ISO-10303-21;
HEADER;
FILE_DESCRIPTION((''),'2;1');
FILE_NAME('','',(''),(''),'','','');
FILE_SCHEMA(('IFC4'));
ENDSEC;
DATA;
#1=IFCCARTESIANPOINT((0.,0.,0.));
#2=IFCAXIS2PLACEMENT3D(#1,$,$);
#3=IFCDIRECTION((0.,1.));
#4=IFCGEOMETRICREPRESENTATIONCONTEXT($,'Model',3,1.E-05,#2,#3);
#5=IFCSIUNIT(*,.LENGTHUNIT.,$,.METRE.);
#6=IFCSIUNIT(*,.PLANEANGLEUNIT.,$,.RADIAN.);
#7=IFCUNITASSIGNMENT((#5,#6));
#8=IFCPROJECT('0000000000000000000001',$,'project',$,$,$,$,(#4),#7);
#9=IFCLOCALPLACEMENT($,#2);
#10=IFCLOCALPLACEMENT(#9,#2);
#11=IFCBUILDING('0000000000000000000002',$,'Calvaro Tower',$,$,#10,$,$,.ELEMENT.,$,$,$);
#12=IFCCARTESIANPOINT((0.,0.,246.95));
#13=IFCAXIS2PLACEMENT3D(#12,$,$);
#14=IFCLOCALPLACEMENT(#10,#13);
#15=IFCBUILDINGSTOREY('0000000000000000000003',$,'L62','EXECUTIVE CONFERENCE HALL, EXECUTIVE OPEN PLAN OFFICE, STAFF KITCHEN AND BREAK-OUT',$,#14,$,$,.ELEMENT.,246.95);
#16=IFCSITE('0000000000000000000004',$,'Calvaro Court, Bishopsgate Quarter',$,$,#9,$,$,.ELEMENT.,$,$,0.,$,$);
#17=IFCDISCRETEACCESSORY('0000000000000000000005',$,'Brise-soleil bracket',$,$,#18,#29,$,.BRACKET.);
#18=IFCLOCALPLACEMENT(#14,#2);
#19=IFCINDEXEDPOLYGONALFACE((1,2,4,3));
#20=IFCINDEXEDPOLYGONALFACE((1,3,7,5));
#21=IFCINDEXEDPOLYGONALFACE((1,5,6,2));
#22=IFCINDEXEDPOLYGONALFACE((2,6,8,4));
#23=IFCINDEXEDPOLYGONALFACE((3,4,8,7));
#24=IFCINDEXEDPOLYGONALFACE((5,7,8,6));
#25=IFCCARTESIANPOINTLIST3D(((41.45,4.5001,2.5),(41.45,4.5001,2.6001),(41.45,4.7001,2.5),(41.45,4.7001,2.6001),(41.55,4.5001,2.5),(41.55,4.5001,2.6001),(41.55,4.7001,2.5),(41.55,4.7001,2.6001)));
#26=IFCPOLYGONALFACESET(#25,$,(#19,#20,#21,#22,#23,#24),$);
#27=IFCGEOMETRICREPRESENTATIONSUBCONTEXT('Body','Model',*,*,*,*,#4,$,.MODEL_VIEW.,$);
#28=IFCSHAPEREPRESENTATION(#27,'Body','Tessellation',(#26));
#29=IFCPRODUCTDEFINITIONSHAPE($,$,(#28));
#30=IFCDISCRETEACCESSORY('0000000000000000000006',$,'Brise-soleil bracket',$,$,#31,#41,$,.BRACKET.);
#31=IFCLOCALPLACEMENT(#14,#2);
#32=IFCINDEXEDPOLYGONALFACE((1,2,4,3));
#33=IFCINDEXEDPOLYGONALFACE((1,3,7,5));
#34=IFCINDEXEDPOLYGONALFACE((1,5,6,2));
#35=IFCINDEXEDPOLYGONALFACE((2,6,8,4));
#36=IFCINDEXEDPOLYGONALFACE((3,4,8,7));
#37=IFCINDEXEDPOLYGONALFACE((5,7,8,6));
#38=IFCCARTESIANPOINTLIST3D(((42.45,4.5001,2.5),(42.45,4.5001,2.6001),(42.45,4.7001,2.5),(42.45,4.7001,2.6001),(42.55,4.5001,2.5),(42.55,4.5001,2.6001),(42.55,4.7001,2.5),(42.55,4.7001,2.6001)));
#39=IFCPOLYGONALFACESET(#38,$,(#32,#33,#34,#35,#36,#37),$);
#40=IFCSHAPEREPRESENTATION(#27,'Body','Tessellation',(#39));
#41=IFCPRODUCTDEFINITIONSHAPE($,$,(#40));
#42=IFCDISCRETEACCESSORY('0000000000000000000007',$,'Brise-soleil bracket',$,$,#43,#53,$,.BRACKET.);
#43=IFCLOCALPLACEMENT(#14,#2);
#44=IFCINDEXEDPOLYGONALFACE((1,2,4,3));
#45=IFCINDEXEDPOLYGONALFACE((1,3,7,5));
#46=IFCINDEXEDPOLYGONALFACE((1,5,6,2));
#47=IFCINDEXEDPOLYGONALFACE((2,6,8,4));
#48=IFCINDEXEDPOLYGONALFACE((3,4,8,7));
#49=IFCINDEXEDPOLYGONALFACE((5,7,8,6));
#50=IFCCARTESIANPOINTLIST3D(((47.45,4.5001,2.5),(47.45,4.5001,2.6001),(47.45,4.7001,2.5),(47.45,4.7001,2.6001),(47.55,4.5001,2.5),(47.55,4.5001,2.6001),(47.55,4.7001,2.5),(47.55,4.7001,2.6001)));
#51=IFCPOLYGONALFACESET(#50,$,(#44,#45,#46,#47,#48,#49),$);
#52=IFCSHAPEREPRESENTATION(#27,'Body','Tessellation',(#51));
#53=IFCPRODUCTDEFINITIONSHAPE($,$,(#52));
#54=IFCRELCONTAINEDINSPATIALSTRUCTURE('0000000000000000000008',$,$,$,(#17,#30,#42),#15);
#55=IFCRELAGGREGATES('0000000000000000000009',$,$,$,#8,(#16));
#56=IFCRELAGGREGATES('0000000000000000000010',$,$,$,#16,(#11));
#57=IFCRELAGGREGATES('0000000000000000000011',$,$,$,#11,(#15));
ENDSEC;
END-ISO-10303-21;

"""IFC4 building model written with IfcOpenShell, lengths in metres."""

from ifc_helpers import new_model, si_unit, direction, frame, origin, origin_2d, place, context, subcontext, project, spatial, rectangle, extrude, element, save


model = new_model("IFC4")

# Units and contexts
model_context = context("Model", 3, precision=1e-05, world=origin(), true_north=direction((0.0, 1.0)))
body_context = subcontext(model_context, "Body", "Model", "MODEL_VIEW")
ifc_project = project(units=[si_unit("LENGTHUNIT", "METRE"), si_unit("PLANEANGLEUNIT", "RADIAN")], contexts=[model_context])

# Site, building, storey
site_placement = place(None, origin())
site = spatial("IfcSite", under=ifc_project, at=site_placement, Name="Calvaro Court, Bishopsgate Quarter", CompositionType="ELEMENT", RefElevation=0.0)
building_placement = place(site_placement, origin())
building = spatial("IfcBuilding", under=site, at=building_placement, Name="Calvaro Tower", CompositionType="ELEMENT")
storey_placement = place(building_placement, frame((0.0, 0.0, 246.95)))
storey = spatial("IfcBuildingStorey", under=building, at=storey_placement, Name="L62", Description="EXECUTIVE CONFERENCE HALL, EXECUTIVE OPEN PLAN OFFICE, STAFF KITCHEN AND BREAK-OUT", CompositionType="ELEMENT", Elevation=246.95)

# Discrete accessories
for number, where, z_axis, x_axis, name in (
    (1, (41.5, 4.6001, 2.5), (0.0, 0.0, 1.0), (1.0, 0.0, 0.0), "Brise-soleil bracket"),
    (2, (42.5, 4.6001, 2.5), (0.0, 0.0, 1.0), (1.0, 0.0, 0.0), "Brise-soleil bracket"),
    (3, (47.5, 4.6001, 2.5), (0.0, 0.0, 1.0), (1.0, 0.0, 0.0), "Brise-soleil bracket"),
):
    element("IfcDiscreteAccessory", number, at=place(storey_placement, frame(where, z_axis=z_axis, x_axis=x_axis)), inside=storey, Name=name, PredefinedType="BRACKET", context=body_context, shape_type="SweptSolid", body=[
        extrude(rectangle(XDim=0.1001, YDim=0.2, at=origin_2d()), origin(), (0.0, 0.0, 1.0), 0.1001),
    ])

save(model, "model.ifc")
